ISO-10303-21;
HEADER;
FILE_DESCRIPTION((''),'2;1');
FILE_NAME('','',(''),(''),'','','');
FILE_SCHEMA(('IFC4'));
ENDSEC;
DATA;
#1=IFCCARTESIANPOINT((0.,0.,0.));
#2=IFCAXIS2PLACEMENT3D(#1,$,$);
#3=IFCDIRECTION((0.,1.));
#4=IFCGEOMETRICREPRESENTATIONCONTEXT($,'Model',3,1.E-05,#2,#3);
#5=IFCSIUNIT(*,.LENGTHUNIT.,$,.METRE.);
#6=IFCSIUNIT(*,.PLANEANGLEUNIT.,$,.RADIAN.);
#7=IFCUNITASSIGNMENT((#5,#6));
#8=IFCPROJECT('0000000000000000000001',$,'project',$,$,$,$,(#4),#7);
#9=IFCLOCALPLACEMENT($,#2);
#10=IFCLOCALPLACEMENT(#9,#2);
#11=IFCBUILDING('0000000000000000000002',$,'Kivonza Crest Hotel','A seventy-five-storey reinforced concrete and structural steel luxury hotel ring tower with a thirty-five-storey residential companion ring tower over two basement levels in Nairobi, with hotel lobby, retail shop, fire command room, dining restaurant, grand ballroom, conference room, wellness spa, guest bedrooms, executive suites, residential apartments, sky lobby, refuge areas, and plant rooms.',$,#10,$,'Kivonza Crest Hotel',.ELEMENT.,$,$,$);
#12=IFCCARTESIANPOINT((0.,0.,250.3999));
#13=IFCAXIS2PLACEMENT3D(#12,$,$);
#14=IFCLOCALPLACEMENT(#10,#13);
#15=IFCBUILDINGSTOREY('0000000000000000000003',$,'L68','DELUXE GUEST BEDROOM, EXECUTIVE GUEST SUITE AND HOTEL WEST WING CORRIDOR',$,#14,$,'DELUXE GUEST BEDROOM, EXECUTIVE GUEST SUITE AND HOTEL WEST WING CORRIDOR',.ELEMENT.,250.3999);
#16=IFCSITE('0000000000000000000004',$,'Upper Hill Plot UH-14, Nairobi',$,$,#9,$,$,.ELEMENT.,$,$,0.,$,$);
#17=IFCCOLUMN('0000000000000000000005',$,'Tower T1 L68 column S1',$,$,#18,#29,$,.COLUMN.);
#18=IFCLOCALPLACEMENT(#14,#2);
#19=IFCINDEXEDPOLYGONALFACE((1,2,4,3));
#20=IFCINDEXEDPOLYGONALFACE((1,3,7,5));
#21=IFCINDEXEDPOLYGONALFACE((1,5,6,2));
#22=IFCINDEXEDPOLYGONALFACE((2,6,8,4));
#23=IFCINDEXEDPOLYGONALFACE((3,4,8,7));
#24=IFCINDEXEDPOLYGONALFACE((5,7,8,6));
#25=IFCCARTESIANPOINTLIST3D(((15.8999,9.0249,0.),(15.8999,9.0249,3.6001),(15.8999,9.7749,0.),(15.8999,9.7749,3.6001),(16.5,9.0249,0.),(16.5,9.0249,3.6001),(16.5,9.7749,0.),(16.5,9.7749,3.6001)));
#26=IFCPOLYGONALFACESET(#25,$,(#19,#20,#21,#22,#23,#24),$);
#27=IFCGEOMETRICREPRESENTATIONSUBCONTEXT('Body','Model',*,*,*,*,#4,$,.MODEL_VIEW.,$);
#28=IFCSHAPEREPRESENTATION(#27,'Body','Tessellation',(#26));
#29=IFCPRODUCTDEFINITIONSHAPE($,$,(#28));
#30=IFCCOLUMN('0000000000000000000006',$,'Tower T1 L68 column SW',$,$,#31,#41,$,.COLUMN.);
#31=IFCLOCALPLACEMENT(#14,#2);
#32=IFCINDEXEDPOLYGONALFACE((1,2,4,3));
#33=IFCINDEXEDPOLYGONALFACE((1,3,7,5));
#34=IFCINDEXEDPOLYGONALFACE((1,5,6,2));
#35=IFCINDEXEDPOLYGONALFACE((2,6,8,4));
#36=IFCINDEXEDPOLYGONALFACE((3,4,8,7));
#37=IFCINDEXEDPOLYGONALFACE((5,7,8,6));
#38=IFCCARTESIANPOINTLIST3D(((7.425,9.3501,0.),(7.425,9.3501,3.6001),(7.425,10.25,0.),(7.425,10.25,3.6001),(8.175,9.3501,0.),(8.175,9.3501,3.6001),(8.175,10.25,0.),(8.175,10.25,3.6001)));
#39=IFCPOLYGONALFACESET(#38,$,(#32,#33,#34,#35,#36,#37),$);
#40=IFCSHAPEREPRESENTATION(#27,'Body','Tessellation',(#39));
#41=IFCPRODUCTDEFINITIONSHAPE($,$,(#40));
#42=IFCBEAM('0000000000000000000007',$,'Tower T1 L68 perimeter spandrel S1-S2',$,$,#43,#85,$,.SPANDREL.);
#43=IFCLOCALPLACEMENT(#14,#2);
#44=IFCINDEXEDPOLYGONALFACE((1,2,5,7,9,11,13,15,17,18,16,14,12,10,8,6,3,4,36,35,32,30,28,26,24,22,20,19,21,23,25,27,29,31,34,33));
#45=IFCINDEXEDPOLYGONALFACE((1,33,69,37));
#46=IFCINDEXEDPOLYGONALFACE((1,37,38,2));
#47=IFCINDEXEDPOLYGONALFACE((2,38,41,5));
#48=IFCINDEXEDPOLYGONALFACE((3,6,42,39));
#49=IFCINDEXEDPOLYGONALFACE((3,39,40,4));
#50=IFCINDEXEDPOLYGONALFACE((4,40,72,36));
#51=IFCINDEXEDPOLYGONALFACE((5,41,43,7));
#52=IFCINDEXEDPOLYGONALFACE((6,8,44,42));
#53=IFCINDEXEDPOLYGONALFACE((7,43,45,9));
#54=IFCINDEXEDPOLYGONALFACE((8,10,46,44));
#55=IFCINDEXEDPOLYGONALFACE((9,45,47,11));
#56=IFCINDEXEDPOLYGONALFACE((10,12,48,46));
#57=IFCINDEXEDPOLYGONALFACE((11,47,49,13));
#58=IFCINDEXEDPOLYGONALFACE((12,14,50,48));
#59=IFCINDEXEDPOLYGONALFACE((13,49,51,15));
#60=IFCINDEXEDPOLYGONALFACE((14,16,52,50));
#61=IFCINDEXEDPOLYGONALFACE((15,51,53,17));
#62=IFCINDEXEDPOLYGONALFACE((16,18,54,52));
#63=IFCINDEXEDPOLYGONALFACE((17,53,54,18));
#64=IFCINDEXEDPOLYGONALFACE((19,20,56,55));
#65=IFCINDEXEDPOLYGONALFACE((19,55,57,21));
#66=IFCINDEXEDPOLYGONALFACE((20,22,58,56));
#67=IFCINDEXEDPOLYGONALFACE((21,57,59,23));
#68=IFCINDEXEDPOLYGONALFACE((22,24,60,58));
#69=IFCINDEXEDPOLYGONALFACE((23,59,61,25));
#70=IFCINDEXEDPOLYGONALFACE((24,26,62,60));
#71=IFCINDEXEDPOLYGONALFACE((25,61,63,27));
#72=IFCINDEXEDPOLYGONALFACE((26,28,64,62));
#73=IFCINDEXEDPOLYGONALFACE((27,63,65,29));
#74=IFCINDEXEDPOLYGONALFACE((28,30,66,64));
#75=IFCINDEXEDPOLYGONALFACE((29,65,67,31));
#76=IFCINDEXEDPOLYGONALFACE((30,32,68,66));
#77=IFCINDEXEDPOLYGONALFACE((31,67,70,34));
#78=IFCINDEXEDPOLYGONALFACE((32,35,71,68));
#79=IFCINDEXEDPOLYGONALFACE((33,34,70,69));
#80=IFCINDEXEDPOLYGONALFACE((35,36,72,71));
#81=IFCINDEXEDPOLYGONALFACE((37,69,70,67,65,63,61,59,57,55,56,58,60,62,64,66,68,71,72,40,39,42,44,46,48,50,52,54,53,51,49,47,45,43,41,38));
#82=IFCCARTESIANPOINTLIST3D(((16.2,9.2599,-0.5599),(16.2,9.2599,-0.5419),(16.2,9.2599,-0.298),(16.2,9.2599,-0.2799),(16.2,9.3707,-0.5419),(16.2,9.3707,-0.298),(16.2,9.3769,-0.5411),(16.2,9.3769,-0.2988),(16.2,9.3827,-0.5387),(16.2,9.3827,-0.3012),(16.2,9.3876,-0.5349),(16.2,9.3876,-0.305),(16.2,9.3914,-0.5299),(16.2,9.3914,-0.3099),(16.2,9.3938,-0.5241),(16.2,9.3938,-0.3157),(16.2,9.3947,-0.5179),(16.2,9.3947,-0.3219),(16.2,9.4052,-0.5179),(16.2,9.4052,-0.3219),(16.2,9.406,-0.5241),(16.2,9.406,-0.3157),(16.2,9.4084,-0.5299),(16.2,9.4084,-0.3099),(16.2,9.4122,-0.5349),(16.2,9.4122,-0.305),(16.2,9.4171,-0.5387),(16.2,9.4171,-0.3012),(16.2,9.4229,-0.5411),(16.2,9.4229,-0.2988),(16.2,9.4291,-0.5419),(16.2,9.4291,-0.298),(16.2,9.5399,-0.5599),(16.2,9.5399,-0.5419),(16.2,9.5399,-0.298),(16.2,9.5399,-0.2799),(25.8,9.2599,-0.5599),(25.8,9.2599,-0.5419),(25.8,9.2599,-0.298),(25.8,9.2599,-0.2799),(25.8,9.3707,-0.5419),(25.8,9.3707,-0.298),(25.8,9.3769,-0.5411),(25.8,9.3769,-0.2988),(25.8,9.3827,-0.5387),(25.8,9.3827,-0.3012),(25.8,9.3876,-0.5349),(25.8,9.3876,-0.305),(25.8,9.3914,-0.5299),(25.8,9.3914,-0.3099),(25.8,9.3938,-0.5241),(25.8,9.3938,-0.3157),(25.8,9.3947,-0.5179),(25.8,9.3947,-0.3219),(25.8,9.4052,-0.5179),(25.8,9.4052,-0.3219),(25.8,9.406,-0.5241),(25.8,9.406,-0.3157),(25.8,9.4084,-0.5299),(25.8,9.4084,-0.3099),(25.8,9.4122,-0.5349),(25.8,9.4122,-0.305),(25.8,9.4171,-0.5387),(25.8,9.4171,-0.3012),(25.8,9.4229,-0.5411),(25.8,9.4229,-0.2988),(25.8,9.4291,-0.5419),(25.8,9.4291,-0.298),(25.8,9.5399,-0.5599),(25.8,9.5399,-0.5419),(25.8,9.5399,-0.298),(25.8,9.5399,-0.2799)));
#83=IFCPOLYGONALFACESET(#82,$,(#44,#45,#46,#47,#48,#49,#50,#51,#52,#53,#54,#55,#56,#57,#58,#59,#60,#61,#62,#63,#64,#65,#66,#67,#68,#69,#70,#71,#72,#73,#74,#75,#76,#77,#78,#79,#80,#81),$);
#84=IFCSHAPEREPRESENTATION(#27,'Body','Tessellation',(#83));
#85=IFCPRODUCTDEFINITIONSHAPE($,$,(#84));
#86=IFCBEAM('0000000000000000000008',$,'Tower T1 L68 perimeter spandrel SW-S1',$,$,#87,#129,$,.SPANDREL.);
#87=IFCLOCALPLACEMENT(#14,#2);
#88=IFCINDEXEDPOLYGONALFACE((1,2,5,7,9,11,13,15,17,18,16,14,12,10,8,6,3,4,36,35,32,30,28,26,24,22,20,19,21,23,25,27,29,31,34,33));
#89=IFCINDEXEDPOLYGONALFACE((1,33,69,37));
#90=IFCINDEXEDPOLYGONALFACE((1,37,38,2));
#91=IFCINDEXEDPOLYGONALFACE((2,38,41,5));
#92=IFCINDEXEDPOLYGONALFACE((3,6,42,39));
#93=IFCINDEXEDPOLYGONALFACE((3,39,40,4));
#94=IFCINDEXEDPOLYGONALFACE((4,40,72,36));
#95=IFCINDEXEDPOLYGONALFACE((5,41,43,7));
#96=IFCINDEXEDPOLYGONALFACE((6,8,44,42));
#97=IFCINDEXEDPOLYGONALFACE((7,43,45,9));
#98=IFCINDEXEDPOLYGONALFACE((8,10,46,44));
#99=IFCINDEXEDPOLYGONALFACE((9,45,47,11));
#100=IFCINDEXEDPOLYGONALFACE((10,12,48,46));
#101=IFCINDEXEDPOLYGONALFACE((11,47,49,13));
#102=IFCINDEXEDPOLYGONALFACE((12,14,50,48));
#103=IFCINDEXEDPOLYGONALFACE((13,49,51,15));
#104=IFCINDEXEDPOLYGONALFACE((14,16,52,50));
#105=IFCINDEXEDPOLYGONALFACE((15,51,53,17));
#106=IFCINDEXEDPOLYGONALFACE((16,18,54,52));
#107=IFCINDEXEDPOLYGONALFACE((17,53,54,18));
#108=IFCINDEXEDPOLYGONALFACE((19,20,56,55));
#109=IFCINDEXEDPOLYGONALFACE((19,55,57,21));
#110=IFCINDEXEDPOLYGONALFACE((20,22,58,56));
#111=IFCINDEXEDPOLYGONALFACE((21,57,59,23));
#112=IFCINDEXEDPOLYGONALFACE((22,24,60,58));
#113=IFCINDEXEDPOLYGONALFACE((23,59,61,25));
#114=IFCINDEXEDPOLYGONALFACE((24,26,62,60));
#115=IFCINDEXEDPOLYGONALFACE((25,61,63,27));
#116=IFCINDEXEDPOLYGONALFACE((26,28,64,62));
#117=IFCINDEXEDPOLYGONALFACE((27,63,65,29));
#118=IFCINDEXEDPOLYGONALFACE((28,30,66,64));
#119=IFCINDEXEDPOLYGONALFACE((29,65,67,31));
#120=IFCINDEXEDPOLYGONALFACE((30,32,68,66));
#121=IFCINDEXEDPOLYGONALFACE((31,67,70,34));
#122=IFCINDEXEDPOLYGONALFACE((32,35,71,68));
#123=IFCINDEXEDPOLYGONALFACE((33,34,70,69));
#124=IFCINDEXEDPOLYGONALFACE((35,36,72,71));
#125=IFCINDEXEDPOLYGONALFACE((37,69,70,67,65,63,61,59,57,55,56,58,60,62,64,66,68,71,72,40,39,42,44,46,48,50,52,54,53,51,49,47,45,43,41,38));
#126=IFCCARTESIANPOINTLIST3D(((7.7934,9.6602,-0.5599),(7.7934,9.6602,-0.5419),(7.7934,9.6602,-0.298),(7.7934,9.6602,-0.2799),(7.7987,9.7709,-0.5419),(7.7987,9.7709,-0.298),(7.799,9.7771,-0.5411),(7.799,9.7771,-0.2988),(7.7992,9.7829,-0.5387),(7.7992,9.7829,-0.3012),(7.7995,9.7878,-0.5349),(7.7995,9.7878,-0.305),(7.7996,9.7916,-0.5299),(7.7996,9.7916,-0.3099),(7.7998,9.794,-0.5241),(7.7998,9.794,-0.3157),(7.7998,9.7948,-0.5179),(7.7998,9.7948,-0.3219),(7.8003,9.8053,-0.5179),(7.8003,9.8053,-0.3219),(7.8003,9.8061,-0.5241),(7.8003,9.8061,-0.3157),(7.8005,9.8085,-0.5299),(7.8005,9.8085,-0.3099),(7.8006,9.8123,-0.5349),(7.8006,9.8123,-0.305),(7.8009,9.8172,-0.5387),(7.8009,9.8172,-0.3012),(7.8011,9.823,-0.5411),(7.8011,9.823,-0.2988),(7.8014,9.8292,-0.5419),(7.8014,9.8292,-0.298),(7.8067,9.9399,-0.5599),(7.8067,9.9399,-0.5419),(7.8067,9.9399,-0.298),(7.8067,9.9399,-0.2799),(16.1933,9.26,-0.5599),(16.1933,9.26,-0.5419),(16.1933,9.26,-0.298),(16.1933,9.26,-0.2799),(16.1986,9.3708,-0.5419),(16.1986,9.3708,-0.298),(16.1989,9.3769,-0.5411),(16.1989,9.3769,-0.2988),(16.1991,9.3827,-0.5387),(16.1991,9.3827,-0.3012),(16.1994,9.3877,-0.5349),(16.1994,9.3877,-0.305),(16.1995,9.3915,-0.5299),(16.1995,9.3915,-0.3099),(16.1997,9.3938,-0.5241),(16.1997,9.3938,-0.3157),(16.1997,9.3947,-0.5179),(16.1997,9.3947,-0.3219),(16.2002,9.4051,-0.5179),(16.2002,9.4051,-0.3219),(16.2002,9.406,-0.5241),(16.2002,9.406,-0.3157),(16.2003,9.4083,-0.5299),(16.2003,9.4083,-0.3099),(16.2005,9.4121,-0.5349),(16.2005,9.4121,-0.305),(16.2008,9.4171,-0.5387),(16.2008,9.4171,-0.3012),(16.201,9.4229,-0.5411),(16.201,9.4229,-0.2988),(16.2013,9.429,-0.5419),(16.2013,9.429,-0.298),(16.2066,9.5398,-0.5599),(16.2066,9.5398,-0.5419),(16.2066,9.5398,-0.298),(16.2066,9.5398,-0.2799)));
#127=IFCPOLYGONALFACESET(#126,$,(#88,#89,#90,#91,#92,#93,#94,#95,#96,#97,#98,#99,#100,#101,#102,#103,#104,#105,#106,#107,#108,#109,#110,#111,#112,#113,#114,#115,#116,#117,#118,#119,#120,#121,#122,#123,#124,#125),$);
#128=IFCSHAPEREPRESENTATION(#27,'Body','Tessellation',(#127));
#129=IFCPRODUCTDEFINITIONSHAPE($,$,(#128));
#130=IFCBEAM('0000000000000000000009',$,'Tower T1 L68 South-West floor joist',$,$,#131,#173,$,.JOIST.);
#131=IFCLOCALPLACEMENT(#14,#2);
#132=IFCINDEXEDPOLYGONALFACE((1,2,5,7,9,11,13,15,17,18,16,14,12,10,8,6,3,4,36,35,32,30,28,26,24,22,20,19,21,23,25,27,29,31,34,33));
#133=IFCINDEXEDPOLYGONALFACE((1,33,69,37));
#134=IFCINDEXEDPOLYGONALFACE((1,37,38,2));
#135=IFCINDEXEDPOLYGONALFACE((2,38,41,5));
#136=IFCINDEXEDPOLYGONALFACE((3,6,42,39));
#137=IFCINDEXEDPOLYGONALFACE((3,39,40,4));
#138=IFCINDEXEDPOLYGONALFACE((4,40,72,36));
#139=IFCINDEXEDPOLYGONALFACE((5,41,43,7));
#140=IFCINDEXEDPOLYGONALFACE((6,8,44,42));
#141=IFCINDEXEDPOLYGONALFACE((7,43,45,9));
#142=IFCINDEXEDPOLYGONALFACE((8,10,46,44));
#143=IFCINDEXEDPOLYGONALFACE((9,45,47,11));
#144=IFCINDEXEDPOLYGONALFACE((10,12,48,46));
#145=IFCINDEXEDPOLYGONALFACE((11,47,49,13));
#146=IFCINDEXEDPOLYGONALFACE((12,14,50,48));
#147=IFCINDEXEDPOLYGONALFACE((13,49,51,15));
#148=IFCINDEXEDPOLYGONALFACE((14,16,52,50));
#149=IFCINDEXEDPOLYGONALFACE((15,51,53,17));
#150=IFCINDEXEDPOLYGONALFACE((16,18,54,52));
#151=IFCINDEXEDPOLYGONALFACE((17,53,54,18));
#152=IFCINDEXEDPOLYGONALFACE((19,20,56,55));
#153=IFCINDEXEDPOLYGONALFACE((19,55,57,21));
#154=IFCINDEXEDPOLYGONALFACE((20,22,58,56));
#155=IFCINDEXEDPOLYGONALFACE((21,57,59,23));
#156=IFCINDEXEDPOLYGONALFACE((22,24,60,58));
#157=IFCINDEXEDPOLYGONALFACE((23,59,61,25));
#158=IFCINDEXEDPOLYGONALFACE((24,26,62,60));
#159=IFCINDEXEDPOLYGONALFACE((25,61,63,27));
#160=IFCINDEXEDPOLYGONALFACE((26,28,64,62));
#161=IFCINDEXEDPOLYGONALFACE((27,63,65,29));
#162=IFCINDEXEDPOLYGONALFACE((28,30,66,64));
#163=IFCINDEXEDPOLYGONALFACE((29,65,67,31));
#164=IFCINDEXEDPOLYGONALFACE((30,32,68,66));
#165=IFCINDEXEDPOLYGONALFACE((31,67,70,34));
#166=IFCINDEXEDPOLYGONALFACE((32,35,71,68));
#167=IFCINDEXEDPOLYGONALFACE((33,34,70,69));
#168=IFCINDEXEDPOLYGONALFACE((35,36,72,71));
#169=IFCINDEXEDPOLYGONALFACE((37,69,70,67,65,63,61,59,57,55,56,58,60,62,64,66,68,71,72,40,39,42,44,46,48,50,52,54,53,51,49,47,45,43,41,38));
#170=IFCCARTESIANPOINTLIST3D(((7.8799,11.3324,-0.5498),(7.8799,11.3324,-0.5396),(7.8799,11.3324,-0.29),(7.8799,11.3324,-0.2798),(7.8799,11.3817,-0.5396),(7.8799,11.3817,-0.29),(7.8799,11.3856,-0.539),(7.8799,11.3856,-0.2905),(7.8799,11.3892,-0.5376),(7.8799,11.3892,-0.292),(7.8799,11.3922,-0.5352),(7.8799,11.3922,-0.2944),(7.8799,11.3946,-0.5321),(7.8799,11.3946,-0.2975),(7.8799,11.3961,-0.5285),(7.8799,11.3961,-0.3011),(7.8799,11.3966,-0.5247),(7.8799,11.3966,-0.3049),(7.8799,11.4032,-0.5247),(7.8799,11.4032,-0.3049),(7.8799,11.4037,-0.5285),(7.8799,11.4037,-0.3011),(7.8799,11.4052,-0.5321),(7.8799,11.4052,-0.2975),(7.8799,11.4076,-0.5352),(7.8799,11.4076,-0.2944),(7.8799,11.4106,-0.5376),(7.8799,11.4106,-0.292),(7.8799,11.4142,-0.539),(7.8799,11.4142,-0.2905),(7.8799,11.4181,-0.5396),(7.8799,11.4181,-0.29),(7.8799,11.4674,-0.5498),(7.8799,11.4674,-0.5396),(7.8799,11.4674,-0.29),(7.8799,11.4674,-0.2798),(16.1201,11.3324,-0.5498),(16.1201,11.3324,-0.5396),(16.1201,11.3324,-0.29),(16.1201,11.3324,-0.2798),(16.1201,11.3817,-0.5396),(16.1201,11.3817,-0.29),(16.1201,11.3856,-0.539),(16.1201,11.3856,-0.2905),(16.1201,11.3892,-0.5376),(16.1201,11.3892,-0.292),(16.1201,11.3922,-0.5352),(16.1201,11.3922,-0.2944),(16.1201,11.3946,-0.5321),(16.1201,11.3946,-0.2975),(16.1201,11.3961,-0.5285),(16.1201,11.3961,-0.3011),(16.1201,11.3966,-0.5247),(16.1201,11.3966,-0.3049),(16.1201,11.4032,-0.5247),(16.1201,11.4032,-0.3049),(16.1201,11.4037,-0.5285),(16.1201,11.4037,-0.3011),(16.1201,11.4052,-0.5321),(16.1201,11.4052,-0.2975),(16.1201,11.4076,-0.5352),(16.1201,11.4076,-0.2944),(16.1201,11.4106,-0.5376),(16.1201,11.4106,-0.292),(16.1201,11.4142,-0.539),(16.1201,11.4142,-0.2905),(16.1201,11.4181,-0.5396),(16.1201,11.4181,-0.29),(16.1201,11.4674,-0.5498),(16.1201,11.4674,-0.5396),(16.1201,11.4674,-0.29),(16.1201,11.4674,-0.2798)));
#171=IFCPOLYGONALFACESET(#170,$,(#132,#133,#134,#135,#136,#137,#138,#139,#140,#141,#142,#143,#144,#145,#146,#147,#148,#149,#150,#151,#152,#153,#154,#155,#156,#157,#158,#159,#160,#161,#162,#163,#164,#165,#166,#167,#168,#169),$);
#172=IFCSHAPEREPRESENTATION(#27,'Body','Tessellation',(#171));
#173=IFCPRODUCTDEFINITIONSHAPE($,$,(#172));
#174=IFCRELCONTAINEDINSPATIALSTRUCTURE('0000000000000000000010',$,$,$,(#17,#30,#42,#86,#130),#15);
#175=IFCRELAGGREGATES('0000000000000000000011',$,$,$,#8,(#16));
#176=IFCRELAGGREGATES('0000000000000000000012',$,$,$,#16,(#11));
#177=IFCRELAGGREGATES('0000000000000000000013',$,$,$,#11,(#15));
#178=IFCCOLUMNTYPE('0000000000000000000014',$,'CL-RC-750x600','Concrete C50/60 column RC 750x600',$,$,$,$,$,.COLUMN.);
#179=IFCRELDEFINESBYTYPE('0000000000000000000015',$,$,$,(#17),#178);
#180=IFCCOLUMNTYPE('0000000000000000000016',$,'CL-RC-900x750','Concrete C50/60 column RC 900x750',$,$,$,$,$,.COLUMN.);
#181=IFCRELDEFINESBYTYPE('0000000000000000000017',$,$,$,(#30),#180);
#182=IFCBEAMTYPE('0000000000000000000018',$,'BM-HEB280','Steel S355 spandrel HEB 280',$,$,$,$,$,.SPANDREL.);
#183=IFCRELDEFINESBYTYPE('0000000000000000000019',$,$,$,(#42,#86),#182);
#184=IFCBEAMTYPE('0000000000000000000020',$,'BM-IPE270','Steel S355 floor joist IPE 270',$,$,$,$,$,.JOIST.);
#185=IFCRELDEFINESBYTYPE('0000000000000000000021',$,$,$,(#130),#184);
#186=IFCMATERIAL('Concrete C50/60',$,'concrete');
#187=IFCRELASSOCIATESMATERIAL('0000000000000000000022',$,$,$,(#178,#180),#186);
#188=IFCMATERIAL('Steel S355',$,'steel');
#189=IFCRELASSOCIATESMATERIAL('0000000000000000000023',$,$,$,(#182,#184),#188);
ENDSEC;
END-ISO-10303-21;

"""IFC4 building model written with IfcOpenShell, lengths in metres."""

from ifc_helpers import new_model, si_unit, direction, frame, origin, origin_2d, place, context, subcontext, project, spatial, rectangle, i_section, extrude, material, material_profile, profile_set, type_object, element, save


model = new_model("IFC4")

# Units and contexts
model_context = context("Model", 3, precision=1e-05, world=origin(), true_north=direction((0.0, 1.0)))
body_context = subcontext(model_context, "Body", "Model", "MODEL_VIEW")
ifc_project = project(units=[si_unit("LENGTHUNIT", "METRE"), si_unit("PLANEANGLEUNIT", "RADIAN")], contexts=[model_context])

# Site, building, storey
site_placement = place(None, origin())
site = spatial("IfcSite", under=ifc_project, at=site_placement, Name="Upper Hill Plot UH-14, Nairobi", CompositionType="ELEMENT", RefElevation=0.0)
building_placement = place(site_placement, origin())
building = spatial("IfcBuilding", under=site, at=building_placement, Name="Kivonza Crest Hotel", Description="A seventy-five-storey reinforced concrete and structural steel luxury hotel ring tower with a thirty-five-storey residential companion ring tower over two basement levels in Nairobi, with hotel lobby, retail shop, fire command room, dining restaurant, grand ballroom, conference room, wellness spa, guest bedrooms, executive suites, residential apartments, sky lobby, refuge areas, and plant rooms.", LongName="Kivonza Crest Hotel", CompositionType="ELEMENT")
storey_placement = place(building_placement, frame((0.0, 0.0, 250.3999)))
storey = spatial("IfcBuildingStorey", under=building, at=storey_placement, Name="L68", Description="DELUXE GUEST BEDROOM, EXECUTIVE GUEST SUITE AND HOTEL WEST WING CORRIDOR", LongName="DELUXE GUEST BEDROOM, EXECUTIVE GUEST SUITE AND HOTEL WEST WING CORRIDOR", CompositionType="ELEMENT", Elevation=250.3999)

# Columns
ifc_material_1 = material(Name="Concrete C50/60", Category="concrete")
ifc_material_profile_1 = material_profile(ifc_material_1, rectangle(XDim=0.6001, YDim=0.75, at=origin_2d()), Name="RC 750x600")
ifc_profile_set_1 = profile_set([ifc_material_profile_1], Name="Concrete C50/60")
column_type_1 = type_object("IfcColumnType", Name="CL-RC-750x600", Description="Concrete C50/60 column RC 750x600", PredefinedType="COLUMN", material=ifc_profile_set_1)
column_1_placement = place(storey_placement, frame((16.2, 9.3999, 0.0), z_axis=(0.0, 0.0, 1.0), x_axis=(1.0, 0.0, 0.0)))
element("IfcColumn", 1, at=column_1_placement, inside=storey, type_object=column_type_1, Name="Tower T1 L68 column S1", PredefinedType="COLUMN", context=body_context, shape_type="SweptSolid", body=[
    extrude(rectangle(XDim=0.6001, YDim=0.75, at=origin_2d()), origin(), (0.0, 0.0, 1.0), 3.6001),
])
ifc_material_profile_2 = material_profile(ifc_material_1, rectangle(XDim=0.75, YDim=0.8999, at=origin_2d()), Name="RC 900x750")
ifc_profile_set_2 = profile_set([ifc_material_profile_2], Name="Concrete C50/60")
column_type_2 = type_object("IfcColumnType", Name="CL-RC-900x750", Description="Concrete C50/60 column RC 900x750", PredefinedType="COLUMN", material=ifc_profile_set_2)
column_2_placement = place(storey_placement, frame((7.8, 9.8, 0.0), z_axis=(0.0, 0.0, 1.0), x_axis=(1.0, 0.0, 0.0)))
element("IfcColumn", 2, at=column_2_placement, inside=storey, type_object=column_type_2, Name="Tower T1 L68 column SW", PredefinedType="COLUMN", context=body_context, shape_type="SweptSolid", body=[
    extrude(rectangle(XDim=0.75, YDim=0.8999, at=origin_2d()), origin(), (0.0, 0.0, 1.0), 3.6001),
])

# Beams
ifc_material_2 = material(Name="Steel S355", Category="steel")
ifc_material_profile_3 = material_profile(ifc_material_2, i_section(OverallWidth=0.28, OverallDepth=0.28, WebThickness=0.0105, FlangeThickness=0.0181, FilletRadius=0.0239, at=origin_2d()), Name="HEB 280")
ifc_profile_set_3 = profile_set([ifc_material_profile_3], Name="Steel S355")
beam_type_1 = type_object("IfcBeamType", Name="BM-HEB280", Description="Steel S355 spandrel HEB 280", PredefinedType="SPANDREL", material=ifc_profile_set_3)
beam_1_placement = place(storey_placement, frame((16.2, 9.3999, -0.4199), z_axis=(1.0, 0.0, 0.0), x_axis=(0.0, 1.0, 0.0)))
element("IfcBeam", 3, at=beam_1_placement, inside=storey, type_object=beam_type_1, Name="Tower T1 L68 perimeter spandrel S1-S2", PredefinedType="SPANDREL", context=body_context, shape_type="SweptSolid", body=[
    extrude(i_section(OverallWidth=0.28, OverallDepth=0.28, WebThickness=0.0105, FlangeThickness=0.0181, FilletRadius=0.0239, at=origin_2d()), origin(), (0.0, 0.0, 1.0), 9.6001),
])
beam_2_placement = place(storey_placement, frame((7.8, 9.8, -0.4199), z_axis=(0.998867, -0.047583, 0.0), x_axis=(0.047583, 0.998867, 0.0)))
element("IfcBeam", 4, at=beam_2_placement, inside=storey, type_object=beam_type_1, Name="Tower T1 L68 perimeter spandrel SW-S1", PredefinedType="SPANDREL", context=body_context, shape_type="SweptSolid", body=[
    extrude(i_section(OverallWidth=0.28, OverallDepth=0.28, WebThickness=0.0105, FlangeThickness=0.0181, FilletRadius=0.0239, at=origin_2d()), origin(), (0.0, 0.0, 1.0), 8.4094),
])
ifc_material_profile_4 = material_profile(ifc_material_2, i_section(OverallWidth=0.135, OverallDepth=0.27, WebThickness=0.0066, FlangeThickness=0.0103, FilletRadius=0.0149, at=origin_2d()), Name="IPE 270")
ifc_profile_set_4 = profile_set([ifc_material_profile_4], Name="Steel S355")
beam_type_2 = type_object("IfcBeamType", Name="BM-IPE270", Description="Steel S355 floor joist IPE 270", PredefinedType="JOIST", material=ifc_profile_set_4)
beam_3_placement = place(storey_placement, frame((7.8799, 11.3999, -0.4148), z_axis=(1.0, 0.0, 0.0), x_axis=(0.0, 1.0, 0.0)))
element("IfcBeam", 5, at=beam_3_placement, inside=storey, type_object=beam_type_2, Name="Tower T1 L68 South-West floor joist", PredefinedType="JOIST", context=body_context, shape_type="SweptSolid", body=[
    extrude(i_section(OverallWidth=0.135, OverallDepth=0.27, WebThickness=0.0066, FlangeThickness=0.0103, FilletRadius=0.0149, at=origin_2d()), origin(), (0.0, 0.0, 1.0), 8.2402),
])

save(model, "model.ifc")
